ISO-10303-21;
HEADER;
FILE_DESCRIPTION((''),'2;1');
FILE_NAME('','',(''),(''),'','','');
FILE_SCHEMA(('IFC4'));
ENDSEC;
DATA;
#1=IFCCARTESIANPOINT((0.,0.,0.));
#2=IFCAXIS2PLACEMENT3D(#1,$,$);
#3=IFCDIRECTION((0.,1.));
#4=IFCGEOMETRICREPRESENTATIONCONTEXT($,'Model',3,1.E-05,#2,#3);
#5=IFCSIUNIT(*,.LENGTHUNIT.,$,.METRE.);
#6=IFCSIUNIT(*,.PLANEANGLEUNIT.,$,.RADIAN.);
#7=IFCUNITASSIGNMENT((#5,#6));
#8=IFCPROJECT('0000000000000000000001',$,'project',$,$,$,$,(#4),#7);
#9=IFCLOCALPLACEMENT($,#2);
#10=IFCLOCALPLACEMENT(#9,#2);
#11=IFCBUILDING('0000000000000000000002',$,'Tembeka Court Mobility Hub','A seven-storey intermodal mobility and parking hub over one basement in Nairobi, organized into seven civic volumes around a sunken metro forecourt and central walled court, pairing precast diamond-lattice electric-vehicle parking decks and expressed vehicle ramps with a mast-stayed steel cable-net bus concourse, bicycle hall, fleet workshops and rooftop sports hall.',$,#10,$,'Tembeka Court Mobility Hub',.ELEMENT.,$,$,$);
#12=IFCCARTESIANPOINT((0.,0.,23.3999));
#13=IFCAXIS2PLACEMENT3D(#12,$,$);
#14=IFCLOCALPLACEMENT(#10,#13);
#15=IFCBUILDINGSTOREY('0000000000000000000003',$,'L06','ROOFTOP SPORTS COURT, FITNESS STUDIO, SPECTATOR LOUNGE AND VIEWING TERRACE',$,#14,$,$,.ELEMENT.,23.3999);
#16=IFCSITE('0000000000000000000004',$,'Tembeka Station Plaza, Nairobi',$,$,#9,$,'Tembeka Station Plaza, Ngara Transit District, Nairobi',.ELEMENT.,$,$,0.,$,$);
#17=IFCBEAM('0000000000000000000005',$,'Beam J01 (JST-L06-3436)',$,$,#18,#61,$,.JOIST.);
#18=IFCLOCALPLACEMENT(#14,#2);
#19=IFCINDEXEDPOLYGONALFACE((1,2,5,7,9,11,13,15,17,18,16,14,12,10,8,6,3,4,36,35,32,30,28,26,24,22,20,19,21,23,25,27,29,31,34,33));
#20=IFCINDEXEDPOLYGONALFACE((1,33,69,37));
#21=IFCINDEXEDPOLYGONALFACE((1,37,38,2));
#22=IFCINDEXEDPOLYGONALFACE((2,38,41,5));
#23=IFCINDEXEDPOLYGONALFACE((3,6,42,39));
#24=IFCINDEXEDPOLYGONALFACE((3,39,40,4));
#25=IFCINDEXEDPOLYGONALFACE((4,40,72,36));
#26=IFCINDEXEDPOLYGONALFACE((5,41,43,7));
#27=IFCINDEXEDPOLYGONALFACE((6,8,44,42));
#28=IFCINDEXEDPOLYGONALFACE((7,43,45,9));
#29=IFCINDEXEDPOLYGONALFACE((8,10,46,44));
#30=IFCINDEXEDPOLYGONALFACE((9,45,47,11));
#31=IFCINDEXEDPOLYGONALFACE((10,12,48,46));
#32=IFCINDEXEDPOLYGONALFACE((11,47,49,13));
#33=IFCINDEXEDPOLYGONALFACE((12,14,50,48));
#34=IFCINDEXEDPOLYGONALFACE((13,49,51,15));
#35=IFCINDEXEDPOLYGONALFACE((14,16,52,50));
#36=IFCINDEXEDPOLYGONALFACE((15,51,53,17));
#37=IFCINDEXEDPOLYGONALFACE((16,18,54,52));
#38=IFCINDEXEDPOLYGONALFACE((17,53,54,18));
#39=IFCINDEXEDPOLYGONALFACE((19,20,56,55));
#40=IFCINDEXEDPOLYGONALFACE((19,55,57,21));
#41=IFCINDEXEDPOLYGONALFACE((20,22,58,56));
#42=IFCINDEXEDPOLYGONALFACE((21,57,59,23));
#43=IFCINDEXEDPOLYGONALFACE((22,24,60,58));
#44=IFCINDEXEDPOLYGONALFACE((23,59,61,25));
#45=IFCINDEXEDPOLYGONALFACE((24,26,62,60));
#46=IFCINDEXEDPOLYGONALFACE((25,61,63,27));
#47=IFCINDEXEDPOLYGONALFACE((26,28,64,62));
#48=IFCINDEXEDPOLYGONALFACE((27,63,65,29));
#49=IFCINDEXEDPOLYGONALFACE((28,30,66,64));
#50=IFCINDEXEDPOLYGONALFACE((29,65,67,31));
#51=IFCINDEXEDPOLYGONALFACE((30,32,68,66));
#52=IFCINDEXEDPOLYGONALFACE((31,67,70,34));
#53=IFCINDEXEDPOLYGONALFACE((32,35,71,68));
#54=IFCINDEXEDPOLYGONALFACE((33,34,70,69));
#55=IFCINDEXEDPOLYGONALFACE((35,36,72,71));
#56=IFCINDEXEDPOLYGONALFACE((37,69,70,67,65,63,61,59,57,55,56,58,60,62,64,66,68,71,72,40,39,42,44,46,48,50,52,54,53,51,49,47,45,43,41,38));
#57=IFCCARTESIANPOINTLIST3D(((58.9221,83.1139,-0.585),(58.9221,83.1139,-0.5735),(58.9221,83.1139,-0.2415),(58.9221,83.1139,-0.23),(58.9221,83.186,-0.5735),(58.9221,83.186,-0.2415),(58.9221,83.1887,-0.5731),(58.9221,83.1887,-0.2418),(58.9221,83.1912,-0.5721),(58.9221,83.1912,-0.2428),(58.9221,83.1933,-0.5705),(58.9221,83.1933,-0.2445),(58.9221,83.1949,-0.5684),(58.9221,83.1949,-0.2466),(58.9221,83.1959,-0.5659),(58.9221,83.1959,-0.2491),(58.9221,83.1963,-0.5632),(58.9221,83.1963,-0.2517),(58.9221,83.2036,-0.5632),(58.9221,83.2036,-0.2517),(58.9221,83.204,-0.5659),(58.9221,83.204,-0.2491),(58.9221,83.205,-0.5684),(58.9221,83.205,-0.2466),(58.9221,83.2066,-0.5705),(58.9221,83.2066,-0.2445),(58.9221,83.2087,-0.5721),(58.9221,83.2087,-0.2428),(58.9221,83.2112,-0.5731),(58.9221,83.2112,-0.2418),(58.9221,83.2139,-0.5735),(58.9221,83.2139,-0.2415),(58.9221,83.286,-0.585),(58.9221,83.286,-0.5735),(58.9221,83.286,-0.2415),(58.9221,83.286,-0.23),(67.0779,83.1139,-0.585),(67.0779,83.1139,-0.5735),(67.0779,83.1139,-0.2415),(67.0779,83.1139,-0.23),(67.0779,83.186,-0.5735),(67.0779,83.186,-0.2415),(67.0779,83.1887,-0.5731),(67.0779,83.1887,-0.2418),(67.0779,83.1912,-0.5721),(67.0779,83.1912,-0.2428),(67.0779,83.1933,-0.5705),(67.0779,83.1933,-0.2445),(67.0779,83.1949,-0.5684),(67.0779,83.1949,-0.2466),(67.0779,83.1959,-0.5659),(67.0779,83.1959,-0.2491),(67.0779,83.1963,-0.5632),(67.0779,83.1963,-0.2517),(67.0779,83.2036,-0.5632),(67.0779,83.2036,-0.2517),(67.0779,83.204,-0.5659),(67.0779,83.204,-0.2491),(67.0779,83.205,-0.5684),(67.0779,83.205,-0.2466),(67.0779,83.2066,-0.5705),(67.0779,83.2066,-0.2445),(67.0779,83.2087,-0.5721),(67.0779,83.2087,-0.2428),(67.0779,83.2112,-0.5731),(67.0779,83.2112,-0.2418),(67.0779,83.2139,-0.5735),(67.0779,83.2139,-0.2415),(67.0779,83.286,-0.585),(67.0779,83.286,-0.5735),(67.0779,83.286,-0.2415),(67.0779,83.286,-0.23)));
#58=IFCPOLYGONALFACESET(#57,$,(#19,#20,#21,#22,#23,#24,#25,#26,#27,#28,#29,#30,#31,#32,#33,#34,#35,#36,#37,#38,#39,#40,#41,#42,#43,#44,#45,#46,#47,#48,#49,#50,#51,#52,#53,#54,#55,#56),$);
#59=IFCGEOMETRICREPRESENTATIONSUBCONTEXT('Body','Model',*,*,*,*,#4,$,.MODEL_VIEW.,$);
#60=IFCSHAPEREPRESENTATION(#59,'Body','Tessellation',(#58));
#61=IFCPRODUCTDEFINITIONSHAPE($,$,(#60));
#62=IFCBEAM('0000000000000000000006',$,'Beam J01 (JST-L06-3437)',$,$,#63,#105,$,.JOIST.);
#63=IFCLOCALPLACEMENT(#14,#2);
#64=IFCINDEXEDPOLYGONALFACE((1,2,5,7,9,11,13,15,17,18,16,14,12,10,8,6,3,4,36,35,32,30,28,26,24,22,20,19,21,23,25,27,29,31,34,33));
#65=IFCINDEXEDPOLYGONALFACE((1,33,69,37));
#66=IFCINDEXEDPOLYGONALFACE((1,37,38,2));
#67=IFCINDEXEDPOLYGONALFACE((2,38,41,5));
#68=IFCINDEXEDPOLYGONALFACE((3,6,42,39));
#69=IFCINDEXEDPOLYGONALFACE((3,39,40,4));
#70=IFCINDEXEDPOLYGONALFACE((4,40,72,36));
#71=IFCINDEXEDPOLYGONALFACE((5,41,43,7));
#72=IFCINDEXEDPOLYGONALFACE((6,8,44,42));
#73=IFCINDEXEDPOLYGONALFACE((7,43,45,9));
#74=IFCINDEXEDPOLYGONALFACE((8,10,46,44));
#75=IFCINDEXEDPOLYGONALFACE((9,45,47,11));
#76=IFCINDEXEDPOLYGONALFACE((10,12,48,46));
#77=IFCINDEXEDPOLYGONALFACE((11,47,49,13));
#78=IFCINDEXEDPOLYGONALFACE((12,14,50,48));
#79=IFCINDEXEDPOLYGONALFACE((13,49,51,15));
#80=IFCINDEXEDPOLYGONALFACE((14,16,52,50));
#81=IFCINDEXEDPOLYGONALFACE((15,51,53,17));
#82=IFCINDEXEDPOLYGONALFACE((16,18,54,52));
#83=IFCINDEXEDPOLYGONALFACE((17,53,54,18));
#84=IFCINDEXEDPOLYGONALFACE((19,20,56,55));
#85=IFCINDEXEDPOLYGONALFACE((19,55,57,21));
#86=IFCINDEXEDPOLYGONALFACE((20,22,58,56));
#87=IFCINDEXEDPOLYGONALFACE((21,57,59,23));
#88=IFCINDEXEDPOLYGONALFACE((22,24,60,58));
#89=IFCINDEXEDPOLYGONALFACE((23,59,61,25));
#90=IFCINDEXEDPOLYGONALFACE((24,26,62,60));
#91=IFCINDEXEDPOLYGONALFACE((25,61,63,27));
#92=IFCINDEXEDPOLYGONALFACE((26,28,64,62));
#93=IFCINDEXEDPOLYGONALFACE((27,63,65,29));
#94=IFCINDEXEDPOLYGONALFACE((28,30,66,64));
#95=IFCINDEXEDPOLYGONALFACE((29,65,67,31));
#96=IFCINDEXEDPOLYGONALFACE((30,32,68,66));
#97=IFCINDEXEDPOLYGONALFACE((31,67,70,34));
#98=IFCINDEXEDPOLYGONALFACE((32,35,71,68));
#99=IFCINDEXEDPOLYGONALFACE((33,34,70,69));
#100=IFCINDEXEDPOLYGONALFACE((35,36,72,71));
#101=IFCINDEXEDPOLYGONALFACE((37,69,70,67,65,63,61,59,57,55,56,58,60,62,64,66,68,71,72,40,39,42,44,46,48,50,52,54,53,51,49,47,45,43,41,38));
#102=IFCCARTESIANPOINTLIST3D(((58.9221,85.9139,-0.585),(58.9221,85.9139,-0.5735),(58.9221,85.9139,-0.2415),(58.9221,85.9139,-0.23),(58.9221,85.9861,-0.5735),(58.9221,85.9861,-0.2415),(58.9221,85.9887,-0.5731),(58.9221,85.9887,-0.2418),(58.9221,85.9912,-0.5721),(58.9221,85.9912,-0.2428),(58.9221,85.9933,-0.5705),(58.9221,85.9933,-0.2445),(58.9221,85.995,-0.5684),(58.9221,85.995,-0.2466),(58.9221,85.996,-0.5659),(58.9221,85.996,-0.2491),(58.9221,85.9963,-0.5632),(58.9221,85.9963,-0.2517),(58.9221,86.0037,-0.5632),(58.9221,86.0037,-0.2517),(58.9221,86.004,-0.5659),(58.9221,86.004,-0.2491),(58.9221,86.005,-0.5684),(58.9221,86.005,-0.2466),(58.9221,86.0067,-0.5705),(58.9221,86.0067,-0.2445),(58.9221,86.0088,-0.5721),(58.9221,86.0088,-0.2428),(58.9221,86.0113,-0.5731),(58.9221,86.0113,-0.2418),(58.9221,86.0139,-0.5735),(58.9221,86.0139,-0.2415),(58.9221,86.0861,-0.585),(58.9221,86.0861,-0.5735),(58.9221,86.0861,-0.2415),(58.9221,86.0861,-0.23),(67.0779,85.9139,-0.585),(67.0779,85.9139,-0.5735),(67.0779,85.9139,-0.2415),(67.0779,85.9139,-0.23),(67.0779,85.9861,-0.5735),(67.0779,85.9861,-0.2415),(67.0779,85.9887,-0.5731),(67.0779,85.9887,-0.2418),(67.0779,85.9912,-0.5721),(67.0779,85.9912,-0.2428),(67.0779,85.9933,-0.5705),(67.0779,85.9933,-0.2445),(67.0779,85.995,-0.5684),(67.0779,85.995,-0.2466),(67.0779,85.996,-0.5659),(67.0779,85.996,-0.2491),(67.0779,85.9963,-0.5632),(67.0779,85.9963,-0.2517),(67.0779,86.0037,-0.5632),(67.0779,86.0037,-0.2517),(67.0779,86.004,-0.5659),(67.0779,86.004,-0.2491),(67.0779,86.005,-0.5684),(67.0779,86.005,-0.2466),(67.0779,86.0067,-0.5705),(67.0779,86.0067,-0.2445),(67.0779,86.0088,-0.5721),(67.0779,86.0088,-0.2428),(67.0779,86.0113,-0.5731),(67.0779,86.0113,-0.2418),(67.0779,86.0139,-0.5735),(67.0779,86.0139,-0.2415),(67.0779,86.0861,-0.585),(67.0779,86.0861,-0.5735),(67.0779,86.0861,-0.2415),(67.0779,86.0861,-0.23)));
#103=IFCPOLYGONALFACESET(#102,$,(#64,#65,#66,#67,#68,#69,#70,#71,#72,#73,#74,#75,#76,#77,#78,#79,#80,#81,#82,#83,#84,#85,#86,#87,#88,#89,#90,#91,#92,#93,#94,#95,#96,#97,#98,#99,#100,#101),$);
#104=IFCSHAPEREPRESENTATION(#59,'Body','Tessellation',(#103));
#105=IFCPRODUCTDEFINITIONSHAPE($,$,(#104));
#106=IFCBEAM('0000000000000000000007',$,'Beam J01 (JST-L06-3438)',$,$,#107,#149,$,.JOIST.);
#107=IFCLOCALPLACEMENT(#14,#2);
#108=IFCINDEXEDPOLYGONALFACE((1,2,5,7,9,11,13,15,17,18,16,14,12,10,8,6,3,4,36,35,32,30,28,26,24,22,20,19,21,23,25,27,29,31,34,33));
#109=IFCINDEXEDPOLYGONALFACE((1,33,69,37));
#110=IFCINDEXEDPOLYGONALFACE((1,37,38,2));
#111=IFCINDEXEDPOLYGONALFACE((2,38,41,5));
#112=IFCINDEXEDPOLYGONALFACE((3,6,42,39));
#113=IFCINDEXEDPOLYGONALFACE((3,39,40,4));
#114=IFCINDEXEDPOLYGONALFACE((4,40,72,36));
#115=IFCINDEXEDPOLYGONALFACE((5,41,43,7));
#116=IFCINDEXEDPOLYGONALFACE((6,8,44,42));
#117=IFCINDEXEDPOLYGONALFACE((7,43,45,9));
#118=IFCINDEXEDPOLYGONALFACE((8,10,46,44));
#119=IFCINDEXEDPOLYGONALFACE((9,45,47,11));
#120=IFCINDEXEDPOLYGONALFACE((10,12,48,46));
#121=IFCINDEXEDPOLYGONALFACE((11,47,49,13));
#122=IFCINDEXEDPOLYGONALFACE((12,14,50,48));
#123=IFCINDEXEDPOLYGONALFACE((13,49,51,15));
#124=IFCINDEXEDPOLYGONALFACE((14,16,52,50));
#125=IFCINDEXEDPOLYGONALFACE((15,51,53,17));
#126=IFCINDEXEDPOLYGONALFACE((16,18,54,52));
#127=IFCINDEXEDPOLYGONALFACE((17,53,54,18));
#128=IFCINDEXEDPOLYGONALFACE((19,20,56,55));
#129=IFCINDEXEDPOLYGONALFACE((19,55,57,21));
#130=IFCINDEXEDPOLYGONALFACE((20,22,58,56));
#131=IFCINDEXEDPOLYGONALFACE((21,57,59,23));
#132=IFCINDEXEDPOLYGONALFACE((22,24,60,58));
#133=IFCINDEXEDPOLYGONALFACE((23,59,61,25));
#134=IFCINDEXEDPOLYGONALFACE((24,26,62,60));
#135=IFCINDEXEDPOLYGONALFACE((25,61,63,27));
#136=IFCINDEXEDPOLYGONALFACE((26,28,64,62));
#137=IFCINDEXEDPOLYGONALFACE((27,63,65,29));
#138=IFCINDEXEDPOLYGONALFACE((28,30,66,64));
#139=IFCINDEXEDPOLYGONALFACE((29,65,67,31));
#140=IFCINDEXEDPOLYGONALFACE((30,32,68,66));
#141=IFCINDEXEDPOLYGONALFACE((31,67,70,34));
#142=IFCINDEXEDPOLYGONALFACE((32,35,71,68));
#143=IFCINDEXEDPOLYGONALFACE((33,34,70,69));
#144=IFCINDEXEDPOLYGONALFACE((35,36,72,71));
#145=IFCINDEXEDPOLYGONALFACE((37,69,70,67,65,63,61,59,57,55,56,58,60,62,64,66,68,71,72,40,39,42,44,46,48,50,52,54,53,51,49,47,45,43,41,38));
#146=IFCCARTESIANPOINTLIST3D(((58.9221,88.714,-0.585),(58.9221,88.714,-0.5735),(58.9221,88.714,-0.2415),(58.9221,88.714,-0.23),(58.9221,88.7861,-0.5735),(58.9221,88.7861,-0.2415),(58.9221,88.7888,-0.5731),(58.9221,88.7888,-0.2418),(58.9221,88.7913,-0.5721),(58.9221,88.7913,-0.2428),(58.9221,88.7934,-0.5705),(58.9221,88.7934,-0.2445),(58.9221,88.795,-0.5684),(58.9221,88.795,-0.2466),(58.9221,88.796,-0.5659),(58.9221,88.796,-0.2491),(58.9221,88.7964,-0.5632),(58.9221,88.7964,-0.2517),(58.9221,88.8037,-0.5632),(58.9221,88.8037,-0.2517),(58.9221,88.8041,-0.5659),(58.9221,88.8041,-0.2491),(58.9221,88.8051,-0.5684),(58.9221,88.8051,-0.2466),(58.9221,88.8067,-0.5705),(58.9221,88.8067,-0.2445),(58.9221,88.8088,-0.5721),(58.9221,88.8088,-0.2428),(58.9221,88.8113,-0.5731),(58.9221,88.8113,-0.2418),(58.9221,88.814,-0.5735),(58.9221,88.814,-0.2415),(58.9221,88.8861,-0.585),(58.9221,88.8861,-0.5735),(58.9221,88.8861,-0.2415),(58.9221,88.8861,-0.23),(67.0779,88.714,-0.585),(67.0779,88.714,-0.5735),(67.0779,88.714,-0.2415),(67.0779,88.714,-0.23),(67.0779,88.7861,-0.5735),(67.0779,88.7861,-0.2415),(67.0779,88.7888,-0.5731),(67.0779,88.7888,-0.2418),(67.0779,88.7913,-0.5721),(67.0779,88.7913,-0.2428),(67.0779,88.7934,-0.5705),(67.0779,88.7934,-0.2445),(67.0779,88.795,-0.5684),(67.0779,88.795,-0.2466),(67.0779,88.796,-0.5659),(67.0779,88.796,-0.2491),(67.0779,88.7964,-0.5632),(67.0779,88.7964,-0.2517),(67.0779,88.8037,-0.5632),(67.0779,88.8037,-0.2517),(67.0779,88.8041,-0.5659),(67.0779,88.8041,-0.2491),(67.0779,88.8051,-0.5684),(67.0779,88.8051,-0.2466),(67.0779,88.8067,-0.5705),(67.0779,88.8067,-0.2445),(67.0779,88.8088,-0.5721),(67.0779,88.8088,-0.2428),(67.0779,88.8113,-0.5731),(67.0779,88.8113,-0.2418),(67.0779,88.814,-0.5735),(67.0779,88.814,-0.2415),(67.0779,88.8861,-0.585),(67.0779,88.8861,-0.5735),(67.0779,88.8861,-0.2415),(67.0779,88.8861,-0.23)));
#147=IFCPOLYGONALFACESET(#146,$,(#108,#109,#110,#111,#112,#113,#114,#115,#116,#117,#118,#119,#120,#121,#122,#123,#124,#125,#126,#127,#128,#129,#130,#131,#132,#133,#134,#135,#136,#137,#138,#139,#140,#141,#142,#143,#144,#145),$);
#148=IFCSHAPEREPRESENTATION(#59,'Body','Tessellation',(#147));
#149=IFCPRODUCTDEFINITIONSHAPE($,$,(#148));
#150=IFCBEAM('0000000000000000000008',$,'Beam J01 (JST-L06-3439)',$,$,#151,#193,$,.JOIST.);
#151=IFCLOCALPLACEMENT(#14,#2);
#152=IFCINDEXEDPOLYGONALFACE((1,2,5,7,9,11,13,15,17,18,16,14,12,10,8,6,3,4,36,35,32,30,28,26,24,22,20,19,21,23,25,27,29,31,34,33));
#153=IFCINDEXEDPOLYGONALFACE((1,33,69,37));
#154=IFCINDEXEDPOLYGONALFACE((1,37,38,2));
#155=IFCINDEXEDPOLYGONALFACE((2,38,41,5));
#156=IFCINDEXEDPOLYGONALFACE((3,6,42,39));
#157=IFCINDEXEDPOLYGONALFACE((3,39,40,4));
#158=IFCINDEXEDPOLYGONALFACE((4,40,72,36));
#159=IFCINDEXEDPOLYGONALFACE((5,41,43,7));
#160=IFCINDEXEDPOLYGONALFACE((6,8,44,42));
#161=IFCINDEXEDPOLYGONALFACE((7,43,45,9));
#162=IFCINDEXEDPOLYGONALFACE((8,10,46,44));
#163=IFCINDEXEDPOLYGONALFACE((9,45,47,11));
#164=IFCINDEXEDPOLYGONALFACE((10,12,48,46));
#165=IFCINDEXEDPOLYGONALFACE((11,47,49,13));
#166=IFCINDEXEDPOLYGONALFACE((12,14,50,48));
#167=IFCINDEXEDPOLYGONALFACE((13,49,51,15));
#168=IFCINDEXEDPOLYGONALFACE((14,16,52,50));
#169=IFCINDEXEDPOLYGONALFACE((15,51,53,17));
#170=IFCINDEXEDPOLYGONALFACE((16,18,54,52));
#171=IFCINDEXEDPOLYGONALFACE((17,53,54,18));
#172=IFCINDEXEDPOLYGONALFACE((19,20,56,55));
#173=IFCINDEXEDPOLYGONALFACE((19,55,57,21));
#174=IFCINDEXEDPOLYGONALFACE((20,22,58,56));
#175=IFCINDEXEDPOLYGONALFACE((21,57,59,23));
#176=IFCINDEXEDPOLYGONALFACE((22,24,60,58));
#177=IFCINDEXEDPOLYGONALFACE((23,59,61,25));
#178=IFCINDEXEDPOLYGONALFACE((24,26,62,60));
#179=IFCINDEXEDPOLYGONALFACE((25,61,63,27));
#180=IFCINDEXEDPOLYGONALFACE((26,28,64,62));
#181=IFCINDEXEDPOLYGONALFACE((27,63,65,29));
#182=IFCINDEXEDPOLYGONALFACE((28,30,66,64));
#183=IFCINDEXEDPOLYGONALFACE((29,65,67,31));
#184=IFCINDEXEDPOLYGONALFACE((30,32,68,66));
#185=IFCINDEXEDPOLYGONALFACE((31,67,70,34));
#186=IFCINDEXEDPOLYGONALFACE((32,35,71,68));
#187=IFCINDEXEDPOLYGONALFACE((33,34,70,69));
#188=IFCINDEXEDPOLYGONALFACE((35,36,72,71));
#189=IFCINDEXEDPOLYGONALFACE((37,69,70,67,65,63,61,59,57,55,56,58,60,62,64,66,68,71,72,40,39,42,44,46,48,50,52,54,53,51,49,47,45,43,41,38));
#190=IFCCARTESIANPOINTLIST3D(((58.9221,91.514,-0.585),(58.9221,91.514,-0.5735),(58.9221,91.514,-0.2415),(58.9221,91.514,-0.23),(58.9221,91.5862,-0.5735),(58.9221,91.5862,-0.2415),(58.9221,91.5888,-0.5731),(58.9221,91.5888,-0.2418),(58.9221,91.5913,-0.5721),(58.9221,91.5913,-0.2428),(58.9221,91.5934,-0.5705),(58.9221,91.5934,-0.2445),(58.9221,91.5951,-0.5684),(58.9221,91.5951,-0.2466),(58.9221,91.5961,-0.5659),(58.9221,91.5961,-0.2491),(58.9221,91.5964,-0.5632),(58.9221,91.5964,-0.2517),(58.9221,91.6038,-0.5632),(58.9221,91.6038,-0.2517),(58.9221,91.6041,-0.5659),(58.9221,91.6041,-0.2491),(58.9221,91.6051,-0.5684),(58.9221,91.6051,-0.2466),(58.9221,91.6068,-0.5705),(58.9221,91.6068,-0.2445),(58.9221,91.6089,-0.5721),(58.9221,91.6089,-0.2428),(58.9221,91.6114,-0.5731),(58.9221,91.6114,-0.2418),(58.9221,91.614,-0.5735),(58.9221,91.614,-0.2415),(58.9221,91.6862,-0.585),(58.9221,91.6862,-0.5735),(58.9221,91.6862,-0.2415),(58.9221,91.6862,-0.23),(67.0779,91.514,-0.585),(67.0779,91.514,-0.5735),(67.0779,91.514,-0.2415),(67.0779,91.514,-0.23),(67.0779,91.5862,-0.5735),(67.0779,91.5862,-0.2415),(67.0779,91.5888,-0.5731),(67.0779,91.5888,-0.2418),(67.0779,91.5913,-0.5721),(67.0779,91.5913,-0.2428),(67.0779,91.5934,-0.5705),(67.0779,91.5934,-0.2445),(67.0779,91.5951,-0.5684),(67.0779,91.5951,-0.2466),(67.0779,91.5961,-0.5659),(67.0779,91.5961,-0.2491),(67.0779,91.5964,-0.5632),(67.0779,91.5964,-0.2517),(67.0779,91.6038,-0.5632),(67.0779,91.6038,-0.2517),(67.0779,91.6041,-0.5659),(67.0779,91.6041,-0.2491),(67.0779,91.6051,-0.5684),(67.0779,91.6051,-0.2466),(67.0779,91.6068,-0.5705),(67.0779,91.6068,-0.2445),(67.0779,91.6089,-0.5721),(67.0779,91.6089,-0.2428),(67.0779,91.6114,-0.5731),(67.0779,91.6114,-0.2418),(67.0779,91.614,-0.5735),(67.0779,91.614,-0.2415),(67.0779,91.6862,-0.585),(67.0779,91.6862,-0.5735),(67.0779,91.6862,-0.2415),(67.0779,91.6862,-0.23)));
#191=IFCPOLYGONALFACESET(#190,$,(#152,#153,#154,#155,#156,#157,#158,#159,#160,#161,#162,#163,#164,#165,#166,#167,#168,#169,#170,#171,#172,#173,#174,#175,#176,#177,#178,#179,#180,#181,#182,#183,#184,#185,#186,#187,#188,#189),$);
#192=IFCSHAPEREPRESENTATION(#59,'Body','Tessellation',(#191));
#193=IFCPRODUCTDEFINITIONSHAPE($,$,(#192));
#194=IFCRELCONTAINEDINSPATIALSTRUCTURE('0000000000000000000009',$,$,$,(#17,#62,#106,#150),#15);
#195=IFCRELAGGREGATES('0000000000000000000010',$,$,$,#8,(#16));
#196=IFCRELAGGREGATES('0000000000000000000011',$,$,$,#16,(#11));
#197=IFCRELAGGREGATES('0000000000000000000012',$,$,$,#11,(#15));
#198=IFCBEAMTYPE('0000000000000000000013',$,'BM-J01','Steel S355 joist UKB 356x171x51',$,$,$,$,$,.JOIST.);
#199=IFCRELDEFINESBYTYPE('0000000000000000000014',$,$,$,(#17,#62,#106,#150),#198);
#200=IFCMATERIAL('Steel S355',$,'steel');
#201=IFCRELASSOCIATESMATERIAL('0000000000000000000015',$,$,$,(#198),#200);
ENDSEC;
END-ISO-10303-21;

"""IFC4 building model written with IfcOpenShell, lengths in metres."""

from ifc_helpers import new_model, si_unit, direction, frame, origin, origin_2d, place, context, subcontext, project, spatial, i_section, extrude, material, material_profile, profile_set, type_object, element, save


model = new_model("IFC4")

# Units and contexts
model_context = context("Model", 3, precision=1e-05, world=origin(), true_north=direction((0.0, 1.0)))
body_context = subcontext(model_context, "Body", "Model", "MODEL_VIEW")
ifc_project = project(units=[si_unit("LENGTHUNIT", "METRE"), si_unit("PLANEANGLEUNIT", "RADIAN")], contexts=[model_context])

# Site, building, storey
site_placement = place(None, origin())
site = spatial("IfcSite", under=ifc_project, at=site_placement, Name="Tembeka Station Plaza, Nairobi", LongName="Tembeka Station Plaza, Ngara Transit District, Nairobi", CompositionType="ELEMENT", RefElevation=0.0)
building_placement = place(site_placement, origin())
building = spatial("IfcBuilding", under=site, at=building_placement, Name="Tembeka Court Mobility Hub", Description="A seven-storey intermodal mobility and parking hub over one basement in Nairobi, organized into seven civic volumes around a sunken metro forecourt and central walled court, pairing precast diamond-lattice electric-vehicle parking decks and expressed vehicle ramps with a mast-stayed steel cable-net bus concourse, bicycle hall, fleet workshops and rooftop sports hall.", LongName="Tembeka Court Mobility Hub", CompositionType="ELEMENT")
storey_placement = place(building_placement, frame((0.0, 0.0, 23.3999)))
storey = spatial("IfcBuildingStorey", under=building, at=storey_placement, Name="L06", Description="ROOFTOP SPORTS COURT, FITNESS STUDIO, SPECTATOR LOUNGE AND VIEWING TERRACE", CompositionType="ELEMENT", Elevation=23.3999)

# Beams
ifc_material_1 = material(Name="Steel S355", Category="steel")
ifc_material_profile_1 = material_profile(ifc_material_1, i_section(OverallWidth=0.1721, OverallDepth=0.355, WebThickness=0.0073, FlangeThickness=0.0115, FilletRadius=0.0103, at=origin_2d()), Name="UKB 356x171x51")
ifc_profile_set_1 = profile_set([ifc_material_profile_1], Name="Steel S355")
beam_type_1 = type_object("IfcBeamType", Name="BM-J01", Description="Steel S355 joist UKB 356x171x51", PredefinedType="JOIST", material=ifc_profile_set_1)
for number, where, z_axis, x_axis, name in (
    (1, (58.9221, 83.2, -0.4075), (1.0, 0.0, 0.0), (0.0, 1.0, 0.0), "Beam J01 (JST-L06-3436)"),
    (2, (58.9221, 86.0, -0.4075), (1.0, 0.0, 0.0), (0.0, 1.0, 0.0), "Beam J01 (JST-L06-3437)"),
    (3, (58.9221, 88.8, -0.4075), (1.0, 0.0, 0.0), (0.0, 1.0, 0.0), "Beam J01 (JST-L06-3438)"),
    (4, (58.9221, 91.6001, -0.4075), (1.0, 0.0, 0.0), (0.0, 1.0, 0.0), "Beam J01 (JST-L06-3439)"),
):
    element("IfcBeam", number, at=place(storey_placement, frame(where, z_axis=z_axis, x_axis=x_axis)), inside=storey, type_object=beam_type_1, Name=name, PredefinedType="JOIST", context=body_context, shape_type="SweptSolid", body=[
        extrude(i_section(OverallWidth=0.1721, OverallDepth=0.355, WebThickness=0.0073, FlangeThickness=0.0115, FilletRadius=0.0103, at=origin_2d()), origin(), (0.0, 0.0, 1.0), 8.1558),
    ])

save(model, "model.ifc")
